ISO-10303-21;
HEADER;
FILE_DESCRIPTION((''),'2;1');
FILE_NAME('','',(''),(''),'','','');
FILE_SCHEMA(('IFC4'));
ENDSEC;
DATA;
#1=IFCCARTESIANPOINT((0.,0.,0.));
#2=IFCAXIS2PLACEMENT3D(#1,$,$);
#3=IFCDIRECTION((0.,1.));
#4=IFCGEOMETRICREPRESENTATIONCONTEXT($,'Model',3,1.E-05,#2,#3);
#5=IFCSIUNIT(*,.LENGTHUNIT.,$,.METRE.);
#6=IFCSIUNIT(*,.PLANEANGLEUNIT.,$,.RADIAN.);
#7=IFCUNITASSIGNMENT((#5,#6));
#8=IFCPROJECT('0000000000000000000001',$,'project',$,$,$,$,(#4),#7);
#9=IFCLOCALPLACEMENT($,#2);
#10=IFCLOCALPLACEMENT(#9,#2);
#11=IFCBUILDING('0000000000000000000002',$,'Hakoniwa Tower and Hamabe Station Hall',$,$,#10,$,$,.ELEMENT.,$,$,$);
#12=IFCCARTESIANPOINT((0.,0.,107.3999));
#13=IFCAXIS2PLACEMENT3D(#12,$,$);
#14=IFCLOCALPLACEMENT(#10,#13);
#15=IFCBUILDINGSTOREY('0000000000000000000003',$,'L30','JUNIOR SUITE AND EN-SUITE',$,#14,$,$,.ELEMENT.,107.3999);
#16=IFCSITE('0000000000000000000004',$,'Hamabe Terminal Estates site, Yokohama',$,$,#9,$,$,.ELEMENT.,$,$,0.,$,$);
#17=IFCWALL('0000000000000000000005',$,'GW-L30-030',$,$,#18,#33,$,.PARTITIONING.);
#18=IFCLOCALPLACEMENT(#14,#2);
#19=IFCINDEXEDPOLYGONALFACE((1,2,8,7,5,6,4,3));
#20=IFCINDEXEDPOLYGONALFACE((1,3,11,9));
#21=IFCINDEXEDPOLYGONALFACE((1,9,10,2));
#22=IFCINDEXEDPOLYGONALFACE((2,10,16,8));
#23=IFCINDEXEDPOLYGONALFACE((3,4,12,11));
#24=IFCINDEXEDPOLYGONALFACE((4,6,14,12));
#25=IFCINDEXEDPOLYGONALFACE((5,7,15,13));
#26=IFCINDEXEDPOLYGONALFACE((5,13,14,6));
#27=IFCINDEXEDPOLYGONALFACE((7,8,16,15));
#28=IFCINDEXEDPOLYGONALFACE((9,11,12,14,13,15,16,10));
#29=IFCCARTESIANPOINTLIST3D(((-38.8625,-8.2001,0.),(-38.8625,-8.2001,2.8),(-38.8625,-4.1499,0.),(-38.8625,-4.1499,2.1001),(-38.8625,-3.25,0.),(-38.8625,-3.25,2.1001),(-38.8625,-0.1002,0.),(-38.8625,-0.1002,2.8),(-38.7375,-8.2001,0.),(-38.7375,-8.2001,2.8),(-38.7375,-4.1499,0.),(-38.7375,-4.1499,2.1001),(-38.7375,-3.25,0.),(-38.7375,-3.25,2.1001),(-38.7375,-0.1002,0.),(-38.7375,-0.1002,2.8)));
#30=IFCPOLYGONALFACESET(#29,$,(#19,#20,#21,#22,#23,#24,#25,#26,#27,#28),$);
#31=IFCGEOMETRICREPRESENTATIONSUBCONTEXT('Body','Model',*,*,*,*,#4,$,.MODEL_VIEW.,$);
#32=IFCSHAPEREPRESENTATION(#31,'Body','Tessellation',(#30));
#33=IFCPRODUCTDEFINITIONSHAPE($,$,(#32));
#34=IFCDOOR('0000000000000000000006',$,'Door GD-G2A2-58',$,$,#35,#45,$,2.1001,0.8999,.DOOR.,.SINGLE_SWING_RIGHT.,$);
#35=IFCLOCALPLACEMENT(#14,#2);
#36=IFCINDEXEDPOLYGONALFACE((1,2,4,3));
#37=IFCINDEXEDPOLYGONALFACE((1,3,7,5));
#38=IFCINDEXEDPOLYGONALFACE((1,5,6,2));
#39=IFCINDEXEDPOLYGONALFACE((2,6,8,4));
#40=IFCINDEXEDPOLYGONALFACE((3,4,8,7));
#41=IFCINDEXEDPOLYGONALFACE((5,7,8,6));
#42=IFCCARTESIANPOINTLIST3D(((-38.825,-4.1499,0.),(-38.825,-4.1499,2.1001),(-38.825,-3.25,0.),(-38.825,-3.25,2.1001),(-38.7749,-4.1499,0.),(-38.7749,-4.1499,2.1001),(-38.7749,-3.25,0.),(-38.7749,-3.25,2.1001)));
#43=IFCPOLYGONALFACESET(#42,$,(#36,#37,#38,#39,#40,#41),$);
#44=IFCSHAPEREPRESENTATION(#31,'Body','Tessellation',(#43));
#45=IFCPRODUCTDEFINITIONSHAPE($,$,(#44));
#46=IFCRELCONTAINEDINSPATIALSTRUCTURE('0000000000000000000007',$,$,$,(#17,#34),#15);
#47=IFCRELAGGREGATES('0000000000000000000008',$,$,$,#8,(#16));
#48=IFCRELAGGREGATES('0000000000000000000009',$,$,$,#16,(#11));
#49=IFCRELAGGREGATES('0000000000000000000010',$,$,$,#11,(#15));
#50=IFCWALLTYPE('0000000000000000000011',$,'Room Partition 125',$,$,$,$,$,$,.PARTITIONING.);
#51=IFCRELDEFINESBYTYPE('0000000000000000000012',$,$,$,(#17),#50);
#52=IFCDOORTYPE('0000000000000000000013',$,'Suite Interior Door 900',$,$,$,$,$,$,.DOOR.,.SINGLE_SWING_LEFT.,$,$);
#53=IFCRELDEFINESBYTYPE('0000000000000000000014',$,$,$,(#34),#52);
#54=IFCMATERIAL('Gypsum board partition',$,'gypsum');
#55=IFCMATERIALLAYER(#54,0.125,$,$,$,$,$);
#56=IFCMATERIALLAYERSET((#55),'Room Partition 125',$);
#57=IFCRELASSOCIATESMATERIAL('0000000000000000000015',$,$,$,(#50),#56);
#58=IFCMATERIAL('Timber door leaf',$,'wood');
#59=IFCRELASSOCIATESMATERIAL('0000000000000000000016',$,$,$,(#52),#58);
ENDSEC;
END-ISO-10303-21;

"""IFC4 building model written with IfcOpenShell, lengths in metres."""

from ifc_helpers import new_model, si_unit, direction, frame, frame_2d, origin, place, context, subcontext, project, spatial, rectangle, extrude, material, layer, layer_set, type_object, element, fill, save


model = new_model("IFC4")

# Units and contexts
model_context = context("Model", 3, precision=1e-05, world=origin(), true_north=direction((0.0, 1.0)))
body_context = subcontext(model_context, "Body", "Model", "MODEL_VIEW")
ifc_project = project(units=[si_unit("LENGTHUNIT", "METRE"), si_unit("PLANEANGLEUNIT", "RADIAN")], contexts=[model_context])

# Site, building, storey
site_placement = place(None, origin())
site = spatial("IfcSite", under=ifc_project, at=site_placement, Name="Hamabe Terminal Estates site, Yokohama", CompositionType="ELEMENT", RefElevation=0.0)
building_placement = place(site_placement, origin())
building = spatial("IfcBuilding", under=site, at=building_placement, Name="Hakoniwa Tower and Hamabe Station Hall", CompositionType="ELEMENT")
storey_placement = place(building_placement, frame((0.0, 0.0, 107.3999)))
storey = spatial("IfcBuildingStorey", under=building, at=storey_placement, Name="L30", Description="JUNIOR SUITE AND EN-SUITE", CompositionType="ELEMENT", Elevation=107.3999)

# Wall, opening, door
ifc_material_1 = material(Name="Gypsum board partition", Category="gypsum")
ifc_layer_1 = layer(ifc_material_1, 0.125)
ifc_layer_set_1 = layer_set([ifc_layer_1], Name="Room Partition 125")
wall_type_1 = type_object("IfcWallType", Name="Room Partition 125", PredefinedType="PARTITIONING", material=ifc_layer_set_1)
wall_1_placement = place(storey_placement, frame((-38.8, -8.2, 0.0), z_axis=(0.0, 0.0, 1.0), x_axis=(0.0, 1.0, 0.0)))
wall_1 = element("IfcWall", 1, at=wall_1_placement, inside=storey, type_object=wall_type_1, Name="GW-L30-030", PredefinedType="PARTITIONING", context=body_context, shape_type="SweptSolid", body=[
    extrude(rectangle(XDim=8.0999, YDim=0.125, at=frame_2d((4.0498, 0.0))), origin(), (0.0, 0.0, 1.0), 2.8),
])
opening_1_placement = place(wall_1_placement, frame((4.05, 0.0, 0.0)))
opening_1 = element("IfcOpeningElement", 2, at=opening_1_placement, cuts=wall_1, PredefinedType="OPENING", context=body_context, shape_type="SweptSolid", body=[
    extrude(rectangle(XDim=0.8999, YDim=2.1001, at=frame_2d((0.45, 1.05))), frame((0.0, 0.0725, 0.0), z_axis=(0.0, -1.0, 0.0), x_axis=(1.0, 0.0, 0.0)), (0.0, 0.0, 1.0), 0.145),
])
ifc_material_2 = material(Name="Timber door leaf", Category="wood")
door_type_1 = type_object("IfcDoorType", Name="Suite Interior Door 900", OperationType="SINGLE_SWING_LEFT", PredefinedType="DOOR", material=ifc_material_2)
door_1_placement = place(opening_1_placement, origin())
door_1 = element("IfcDoor", 3, at=door_1_placement, inside=storey, type_object=door_type_1, Name="Door GD-G2A2-58", OperationType="SINGLE_SWING_RIGHT", OverallHeight=2.1001, OverallWidth=0.8999, PredefinedType="DOOR", context=body_context, shape_type="SweptSolid", body=[
    extrude(rectangle(XDim=0.8999, YDim=2.1001, at=frame_2d((0.45, 1.05))), frame((0.0, 0.0249, 0.0), z_axis=(0.0, -1.0, 0.0), x_axis=(1.0, 0.0, 0.0)), (0.0, 0.0, 1.0), 0.05),
])
fill(opening_1, door_1)

save(model, "model.ifc")
